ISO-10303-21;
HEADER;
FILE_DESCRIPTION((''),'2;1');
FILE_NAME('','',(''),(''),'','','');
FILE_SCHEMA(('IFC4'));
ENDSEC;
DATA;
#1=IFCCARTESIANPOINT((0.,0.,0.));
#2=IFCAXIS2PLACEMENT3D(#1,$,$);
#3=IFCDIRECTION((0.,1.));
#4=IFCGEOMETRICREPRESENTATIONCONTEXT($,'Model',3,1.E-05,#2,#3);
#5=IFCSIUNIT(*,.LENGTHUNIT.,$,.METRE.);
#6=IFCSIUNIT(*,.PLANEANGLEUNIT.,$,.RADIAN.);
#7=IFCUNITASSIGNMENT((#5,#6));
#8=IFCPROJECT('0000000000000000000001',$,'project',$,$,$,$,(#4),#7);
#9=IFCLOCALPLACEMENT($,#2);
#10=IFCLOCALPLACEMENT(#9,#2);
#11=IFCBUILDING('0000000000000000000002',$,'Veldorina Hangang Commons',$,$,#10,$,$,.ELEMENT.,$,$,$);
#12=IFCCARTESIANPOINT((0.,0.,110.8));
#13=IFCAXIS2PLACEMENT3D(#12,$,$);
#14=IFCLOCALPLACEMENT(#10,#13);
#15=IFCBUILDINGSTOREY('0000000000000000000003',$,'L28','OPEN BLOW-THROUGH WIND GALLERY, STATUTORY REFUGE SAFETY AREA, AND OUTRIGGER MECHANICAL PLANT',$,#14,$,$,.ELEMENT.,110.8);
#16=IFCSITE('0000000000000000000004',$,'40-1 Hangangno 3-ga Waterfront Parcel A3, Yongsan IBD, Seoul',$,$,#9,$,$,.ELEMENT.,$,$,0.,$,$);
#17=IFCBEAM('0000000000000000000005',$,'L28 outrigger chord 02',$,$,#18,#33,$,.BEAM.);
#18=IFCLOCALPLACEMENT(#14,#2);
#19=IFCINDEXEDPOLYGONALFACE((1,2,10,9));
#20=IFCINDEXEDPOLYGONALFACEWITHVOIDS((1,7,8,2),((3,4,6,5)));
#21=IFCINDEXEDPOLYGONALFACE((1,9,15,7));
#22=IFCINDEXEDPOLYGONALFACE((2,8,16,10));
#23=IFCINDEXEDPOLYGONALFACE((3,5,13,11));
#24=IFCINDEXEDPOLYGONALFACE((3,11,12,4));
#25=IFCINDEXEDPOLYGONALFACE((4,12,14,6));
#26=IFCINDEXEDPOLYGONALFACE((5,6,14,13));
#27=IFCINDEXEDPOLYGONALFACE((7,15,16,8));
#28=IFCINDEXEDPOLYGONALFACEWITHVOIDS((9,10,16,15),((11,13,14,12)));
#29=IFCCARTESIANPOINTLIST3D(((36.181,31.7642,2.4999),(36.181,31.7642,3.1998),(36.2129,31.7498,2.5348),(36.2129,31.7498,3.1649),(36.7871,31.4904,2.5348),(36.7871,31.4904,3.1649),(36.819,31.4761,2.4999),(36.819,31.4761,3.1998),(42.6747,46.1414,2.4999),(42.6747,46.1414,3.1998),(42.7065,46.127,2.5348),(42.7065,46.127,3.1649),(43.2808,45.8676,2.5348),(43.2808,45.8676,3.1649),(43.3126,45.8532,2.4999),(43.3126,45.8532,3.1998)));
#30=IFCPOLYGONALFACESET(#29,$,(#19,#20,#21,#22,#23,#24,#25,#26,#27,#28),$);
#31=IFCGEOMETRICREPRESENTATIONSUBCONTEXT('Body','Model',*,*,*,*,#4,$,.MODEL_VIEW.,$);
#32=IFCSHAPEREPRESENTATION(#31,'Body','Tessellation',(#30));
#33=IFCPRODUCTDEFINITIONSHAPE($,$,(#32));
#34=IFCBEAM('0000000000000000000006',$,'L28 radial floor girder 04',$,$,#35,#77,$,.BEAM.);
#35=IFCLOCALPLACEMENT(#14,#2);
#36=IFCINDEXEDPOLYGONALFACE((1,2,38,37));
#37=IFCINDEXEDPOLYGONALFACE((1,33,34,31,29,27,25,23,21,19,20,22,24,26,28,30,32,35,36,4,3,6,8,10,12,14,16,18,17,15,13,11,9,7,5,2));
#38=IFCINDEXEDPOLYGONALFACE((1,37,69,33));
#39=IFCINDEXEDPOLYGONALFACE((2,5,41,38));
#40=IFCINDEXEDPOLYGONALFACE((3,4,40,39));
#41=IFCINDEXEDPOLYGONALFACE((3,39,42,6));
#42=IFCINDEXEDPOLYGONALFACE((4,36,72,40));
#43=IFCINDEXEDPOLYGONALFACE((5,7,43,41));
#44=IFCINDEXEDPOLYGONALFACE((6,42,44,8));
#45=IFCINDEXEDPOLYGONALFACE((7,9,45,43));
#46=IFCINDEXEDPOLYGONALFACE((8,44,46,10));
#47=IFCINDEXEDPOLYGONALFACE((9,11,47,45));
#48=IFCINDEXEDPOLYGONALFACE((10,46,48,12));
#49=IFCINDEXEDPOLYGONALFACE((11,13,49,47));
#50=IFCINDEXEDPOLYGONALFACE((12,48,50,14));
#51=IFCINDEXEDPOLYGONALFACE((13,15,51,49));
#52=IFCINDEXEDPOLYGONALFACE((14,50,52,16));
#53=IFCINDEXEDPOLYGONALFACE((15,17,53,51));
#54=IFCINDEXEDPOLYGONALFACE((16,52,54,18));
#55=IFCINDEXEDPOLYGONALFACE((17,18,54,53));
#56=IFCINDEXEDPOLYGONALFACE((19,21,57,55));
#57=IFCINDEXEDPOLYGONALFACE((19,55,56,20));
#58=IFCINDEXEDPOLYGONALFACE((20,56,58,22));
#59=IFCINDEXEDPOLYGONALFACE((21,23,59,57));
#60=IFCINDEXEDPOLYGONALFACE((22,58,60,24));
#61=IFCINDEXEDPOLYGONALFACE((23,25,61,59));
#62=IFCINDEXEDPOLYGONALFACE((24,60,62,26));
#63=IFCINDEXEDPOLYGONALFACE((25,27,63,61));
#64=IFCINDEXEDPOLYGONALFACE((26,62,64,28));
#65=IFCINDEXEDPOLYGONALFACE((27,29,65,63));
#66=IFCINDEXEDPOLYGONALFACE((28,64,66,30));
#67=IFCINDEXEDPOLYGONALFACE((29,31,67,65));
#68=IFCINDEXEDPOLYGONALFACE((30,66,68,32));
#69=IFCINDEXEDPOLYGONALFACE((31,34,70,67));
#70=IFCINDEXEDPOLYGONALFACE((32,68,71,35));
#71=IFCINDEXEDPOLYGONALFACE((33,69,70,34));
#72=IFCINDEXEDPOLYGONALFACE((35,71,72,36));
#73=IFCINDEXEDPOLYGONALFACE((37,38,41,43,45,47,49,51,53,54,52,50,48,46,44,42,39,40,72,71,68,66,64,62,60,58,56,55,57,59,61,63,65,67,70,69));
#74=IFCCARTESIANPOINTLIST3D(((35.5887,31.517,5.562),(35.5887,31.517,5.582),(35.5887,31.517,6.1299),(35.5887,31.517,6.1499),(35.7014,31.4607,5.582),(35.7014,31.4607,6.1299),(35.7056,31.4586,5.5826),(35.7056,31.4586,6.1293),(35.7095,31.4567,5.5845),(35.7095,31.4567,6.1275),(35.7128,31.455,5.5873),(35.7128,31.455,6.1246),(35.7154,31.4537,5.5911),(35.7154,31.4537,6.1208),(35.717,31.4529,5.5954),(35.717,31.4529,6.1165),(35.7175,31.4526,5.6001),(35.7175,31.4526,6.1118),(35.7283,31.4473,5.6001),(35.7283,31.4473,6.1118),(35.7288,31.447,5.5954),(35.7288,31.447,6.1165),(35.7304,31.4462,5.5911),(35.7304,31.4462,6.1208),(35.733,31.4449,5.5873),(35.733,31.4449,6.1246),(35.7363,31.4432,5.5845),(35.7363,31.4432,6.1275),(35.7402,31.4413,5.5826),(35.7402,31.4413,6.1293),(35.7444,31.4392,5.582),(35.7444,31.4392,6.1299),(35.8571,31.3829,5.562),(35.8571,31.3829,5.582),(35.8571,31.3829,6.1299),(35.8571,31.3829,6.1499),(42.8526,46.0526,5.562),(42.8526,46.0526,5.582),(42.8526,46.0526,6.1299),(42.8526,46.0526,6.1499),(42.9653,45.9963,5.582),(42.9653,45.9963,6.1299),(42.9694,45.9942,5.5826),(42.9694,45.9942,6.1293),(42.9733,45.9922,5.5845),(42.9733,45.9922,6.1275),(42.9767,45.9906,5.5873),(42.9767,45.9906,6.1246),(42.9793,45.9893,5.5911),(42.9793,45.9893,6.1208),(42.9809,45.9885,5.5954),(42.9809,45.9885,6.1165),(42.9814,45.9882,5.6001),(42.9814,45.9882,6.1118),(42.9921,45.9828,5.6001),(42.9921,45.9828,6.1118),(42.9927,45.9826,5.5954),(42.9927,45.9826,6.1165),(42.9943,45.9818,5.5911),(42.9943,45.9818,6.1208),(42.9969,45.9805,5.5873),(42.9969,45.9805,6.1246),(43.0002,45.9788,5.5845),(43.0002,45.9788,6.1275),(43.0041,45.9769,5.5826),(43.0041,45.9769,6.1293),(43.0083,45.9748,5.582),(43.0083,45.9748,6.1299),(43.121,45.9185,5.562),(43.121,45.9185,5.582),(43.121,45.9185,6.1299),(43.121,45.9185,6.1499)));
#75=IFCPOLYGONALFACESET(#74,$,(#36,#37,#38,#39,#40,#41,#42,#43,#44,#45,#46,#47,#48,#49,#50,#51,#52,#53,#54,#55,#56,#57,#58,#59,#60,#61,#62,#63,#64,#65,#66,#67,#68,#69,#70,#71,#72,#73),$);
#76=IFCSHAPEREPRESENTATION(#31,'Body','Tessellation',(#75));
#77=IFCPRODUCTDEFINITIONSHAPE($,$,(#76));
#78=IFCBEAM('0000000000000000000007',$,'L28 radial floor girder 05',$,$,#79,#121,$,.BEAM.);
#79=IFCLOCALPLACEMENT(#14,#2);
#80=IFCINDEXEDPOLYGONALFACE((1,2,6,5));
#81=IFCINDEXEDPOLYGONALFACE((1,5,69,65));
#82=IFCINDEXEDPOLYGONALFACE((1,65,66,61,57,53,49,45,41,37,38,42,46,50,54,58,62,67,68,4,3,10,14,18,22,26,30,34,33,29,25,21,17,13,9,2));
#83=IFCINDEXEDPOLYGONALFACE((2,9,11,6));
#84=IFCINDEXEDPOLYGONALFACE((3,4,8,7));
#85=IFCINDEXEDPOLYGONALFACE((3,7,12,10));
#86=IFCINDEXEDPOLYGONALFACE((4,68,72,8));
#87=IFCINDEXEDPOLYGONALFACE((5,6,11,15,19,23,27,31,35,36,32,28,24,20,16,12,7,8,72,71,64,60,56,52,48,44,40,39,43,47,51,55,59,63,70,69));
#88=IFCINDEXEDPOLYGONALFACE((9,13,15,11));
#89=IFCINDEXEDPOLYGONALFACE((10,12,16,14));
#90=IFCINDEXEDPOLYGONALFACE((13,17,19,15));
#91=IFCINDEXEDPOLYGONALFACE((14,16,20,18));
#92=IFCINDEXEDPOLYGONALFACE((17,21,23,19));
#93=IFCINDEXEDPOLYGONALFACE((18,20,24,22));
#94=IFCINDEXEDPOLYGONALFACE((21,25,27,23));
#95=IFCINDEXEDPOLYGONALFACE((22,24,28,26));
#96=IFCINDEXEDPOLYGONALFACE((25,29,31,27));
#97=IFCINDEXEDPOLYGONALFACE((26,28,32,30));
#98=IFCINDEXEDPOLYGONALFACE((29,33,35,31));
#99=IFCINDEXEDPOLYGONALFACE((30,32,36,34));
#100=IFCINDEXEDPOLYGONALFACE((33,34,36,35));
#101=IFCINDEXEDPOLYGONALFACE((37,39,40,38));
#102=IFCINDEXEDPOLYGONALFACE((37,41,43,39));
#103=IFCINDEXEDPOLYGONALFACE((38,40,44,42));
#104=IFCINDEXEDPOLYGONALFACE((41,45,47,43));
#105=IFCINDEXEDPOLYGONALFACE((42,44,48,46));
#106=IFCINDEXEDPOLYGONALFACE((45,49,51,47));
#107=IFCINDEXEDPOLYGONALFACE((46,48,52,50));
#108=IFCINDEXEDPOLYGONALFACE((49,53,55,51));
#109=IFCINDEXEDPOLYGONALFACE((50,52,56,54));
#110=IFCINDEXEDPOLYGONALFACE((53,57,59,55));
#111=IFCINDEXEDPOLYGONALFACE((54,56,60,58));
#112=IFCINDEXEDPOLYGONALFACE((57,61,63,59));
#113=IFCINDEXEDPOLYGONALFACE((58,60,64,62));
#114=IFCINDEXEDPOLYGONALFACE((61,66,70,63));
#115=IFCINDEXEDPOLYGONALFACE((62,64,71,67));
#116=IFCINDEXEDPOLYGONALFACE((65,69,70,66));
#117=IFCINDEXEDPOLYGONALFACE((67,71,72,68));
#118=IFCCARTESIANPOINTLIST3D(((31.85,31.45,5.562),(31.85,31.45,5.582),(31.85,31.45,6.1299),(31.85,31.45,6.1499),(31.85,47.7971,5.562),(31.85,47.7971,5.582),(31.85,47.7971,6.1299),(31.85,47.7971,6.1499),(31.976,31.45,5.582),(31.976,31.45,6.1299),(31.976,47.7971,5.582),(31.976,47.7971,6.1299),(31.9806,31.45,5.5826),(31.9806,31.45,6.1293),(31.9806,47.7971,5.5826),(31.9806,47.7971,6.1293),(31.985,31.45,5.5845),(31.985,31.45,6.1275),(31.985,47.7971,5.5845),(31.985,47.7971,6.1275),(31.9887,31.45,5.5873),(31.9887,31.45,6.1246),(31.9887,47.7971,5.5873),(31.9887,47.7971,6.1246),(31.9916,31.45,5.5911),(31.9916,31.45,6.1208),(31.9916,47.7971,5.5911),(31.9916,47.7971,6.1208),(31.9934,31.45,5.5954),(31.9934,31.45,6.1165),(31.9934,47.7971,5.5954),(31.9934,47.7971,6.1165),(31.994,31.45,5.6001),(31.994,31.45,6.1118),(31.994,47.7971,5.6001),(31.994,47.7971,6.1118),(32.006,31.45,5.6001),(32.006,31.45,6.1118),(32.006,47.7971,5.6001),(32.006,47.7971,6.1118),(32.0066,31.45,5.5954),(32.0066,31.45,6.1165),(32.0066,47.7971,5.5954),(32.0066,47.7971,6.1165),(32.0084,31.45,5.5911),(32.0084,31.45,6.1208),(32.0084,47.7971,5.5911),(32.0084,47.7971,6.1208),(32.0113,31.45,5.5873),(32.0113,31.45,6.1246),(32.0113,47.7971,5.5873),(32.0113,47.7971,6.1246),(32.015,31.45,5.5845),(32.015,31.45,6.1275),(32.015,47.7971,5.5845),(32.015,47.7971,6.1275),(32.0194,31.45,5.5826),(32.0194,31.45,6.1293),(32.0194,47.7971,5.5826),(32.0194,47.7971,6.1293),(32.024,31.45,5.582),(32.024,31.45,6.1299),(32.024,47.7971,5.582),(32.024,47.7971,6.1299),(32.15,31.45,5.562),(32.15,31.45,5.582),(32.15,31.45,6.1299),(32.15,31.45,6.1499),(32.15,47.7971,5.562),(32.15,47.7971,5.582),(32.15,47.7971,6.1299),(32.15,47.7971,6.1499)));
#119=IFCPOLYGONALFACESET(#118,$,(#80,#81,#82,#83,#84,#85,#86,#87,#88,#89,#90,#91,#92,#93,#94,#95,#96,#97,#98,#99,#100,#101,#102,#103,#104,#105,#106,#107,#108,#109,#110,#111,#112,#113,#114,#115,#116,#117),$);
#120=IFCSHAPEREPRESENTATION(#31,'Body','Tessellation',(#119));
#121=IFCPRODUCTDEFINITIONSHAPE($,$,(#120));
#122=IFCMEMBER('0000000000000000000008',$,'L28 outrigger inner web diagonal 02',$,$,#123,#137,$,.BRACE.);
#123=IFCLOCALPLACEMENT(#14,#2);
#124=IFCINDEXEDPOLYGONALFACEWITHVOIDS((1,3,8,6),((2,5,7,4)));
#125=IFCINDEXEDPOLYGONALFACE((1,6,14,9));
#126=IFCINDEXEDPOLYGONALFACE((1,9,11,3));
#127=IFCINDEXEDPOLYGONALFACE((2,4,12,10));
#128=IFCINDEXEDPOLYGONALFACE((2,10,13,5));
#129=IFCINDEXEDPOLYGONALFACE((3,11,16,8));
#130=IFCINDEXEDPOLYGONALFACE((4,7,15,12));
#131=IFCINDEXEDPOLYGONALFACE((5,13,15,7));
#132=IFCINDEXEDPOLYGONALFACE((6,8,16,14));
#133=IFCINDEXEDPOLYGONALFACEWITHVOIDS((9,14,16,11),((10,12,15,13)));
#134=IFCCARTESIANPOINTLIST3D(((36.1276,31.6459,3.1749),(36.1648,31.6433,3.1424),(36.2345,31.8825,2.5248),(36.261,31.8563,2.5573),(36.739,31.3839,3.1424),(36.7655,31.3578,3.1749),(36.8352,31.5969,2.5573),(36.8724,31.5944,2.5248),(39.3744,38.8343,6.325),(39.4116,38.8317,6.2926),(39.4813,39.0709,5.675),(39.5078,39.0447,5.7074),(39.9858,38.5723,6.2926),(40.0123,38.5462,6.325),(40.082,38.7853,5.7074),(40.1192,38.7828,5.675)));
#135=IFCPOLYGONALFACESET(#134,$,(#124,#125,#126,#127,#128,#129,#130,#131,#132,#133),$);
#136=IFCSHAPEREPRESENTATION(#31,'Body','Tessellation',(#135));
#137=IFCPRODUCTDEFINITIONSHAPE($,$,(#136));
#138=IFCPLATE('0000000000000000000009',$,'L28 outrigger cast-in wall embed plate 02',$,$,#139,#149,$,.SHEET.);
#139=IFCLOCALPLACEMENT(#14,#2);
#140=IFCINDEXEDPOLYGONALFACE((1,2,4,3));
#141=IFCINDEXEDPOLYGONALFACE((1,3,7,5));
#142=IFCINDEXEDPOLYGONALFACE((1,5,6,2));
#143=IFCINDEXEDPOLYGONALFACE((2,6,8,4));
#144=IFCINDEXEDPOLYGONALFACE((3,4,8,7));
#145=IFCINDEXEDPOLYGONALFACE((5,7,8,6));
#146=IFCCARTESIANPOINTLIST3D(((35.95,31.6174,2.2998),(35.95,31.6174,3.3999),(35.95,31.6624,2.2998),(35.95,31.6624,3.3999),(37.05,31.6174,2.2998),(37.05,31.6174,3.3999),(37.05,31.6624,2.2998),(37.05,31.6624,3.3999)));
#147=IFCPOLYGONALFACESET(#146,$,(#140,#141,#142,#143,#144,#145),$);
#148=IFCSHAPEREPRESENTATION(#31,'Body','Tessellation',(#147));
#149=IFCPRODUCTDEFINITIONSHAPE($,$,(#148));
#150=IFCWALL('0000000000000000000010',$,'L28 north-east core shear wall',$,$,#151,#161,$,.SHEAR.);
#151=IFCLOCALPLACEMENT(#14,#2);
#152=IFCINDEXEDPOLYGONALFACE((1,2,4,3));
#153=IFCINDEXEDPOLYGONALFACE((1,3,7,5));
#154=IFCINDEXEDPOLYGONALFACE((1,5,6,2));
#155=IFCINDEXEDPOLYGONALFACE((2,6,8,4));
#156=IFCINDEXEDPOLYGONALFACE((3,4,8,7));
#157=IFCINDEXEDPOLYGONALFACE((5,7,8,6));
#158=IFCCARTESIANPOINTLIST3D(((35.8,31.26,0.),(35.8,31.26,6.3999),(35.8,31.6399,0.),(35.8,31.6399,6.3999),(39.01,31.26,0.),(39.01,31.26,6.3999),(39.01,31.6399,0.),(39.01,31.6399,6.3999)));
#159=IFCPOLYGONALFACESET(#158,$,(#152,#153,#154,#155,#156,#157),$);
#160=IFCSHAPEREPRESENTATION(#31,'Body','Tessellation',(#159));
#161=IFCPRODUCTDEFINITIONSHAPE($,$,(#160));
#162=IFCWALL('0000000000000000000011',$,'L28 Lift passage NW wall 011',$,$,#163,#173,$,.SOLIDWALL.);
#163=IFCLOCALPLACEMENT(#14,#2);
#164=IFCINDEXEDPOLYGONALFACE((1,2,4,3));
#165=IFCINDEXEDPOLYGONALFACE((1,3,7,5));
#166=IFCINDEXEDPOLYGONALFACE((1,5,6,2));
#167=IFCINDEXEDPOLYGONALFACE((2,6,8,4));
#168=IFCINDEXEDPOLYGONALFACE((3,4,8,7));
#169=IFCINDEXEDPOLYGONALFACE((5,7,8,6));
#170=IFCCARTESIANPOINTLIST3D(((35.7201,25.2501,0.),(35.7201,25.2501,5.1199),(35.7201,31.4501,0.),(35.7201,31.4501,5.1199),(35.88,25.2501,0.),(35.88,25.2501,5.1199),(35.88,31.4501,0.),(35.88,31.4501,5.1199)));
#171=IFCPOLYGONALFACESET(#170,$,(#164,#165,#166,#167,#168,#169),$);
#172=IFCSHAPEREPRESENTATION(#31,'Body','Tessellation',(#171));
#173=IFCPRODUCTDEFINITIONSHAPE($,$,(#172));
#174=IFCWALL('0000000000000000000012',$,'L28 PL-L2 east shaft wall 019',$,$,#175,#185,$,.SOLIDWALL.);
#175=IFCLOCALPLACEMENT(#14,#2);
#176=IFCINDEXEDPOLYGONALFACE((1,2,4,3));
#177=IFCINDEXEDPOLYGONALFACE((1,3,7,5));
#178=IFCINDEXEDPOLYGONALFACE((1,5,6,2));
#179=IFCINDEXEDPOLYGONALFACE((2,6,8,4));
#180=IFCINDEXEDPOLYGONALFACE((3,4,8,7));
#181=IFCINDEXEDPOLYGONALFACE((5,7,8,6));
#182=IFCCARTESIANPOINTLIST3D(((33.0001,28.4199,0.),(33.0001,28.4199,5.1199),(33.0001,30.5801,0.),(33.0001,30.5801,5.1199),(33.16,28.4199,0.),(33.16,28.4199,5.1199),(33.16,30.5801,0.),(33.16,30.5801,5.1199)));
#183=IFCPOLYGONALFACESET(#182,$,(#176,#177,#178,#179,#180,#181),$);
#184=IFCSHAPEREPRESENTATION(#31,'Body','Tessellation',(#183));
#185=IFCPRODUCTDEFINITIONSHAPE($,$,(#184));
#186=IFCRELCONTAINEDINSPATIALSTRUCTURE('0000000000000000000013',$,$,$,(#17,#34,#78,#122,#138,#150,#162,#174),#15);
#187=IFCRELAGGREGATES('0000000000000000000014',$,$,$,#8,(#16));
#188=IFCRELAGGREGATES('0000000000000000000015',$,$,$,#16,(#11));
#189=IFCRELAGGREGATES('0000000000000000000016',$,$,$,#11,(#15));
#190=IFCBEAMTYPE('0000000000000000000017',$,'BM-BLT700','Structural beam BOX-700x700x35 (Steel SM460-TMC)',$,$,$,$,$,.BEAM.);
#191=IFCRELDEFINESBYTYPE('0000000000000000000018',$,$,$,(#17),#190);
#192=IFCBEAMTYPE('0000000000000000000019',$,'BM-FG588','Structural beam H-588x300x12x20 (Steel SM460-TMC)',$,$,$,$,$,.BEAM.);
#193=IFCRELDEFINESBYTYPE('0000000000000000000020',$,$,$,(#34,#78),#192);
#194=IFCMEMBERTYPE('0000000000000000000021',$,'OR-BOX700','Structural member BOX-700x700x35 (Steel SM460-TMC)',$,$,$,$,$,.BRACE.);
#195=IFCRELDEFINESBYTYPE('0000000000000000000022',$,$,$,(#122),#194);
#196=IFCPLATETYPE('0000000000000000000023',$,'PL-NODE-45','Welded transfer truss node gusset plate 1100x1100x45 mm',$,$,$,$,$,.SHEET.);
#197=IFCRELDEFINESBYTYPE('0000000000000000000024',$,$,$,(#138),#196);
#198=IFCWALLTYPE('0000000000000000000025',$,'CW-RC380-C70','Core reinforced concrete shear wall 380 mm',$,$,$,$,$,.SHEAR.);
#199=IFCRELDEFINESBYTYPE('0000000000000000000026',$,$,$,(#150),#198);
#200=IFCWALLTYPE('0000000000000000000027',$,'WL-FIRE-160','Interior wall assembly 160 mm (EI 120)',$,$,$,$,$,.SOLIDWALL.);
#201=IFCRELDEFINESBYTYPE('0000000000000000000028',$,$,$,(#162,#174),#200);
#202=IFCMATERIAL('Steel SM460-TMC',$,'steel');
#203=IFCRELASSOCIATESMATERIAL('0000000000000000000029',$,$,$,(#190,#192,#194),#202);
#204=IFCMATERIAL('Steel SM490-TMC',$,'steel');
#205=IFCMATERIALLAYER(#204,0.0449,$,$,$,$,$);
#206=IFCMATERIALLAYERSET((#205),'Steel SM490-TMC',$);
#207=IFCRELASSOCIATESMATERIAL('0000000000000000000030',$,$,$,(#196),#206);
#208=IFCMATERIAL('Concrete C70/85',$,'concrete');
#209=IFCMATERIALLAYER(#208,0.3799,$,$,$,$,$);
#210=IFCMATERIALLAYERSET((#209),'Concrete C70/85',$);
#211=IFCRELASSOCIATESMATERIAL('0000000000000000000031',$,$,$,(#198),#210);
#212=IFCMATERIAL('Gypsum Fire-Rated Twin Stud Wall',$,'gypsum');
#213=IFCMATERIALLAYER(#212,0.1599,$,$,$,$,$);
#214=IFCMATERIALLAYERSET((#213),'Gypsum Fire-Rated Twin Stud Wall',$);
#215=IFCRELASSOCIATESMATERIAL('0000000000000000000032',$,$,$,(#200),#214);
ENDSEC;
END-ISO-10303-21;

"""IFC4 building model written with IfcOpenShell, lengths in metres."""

from ifc_helpers import new_model, si_unit, direction, frame, frame_2d, origin, origin_2d, place, context, subcontext, project, spatial, rectangle, hollow_rectangle, i_section, extrude, material, layer, layer_set, material_profile, profile_set, type_object, element, save


model = new_model("IFC4")

# Units and contexts
model_context = context("Model", 3, precision=1e-05, world=origin(), true_north=direction((0.0, 1.0)))
body_context = subcontext(model_context, "Body", "Model", "MODEL_VIEW")
ifc_project = project(units=[si_unit("LENGTHUNIT", "METRE"), si_unit("PLANEANGLEUNIT", "RADIAN")], contexts=[model_context])

# Site, building, storey
site_placement = place(None, origin())
site = spatial("IfcSite", under=ifc_project, at=site_placement, Name="40-1 Hangangno 3-ga Waterfront Parcel A3, Yongsan IBD, Seoul", CompositionType="ELEMENT", RefElevation=0.0)
building_placement = place(site_placement, origin())
building = spatial("IfcBuilding", under=site, at=building_placement, Name="Veldorina Hangang Commons", CompositionType="ELEMENT")
storey_placement = place(building_placement, frame((0.0, 0.0, 110.8)))
storey = spatial("IfcBuildingStorey", under=building, at=storey_placement, Name="L28", Description="OPEN BLOW-THROUGH WIND GALLERY, STATUTORY REFUGE SAFETY AREA, AND OUTRIGGER MECHANICAL PLANT", CompositionType="ELEMENT", Elevation=110.8)

# Beams
ifc_material_1 = material(Name="Steel SM460-TMC", Category="steel")
ifc_material_profile_1 = material_profile(ifc_material_1, hollow_rectangle(XDim=0.7, YDim=0.7, WallThickness=0.0349, at=origin_2d()), Name="BOX-700x700x35")
ifc_profile_set_1 = profile_set([ifc_material_profile_1], Name="Steel SM460-TMC")
beam_type_1 = type_object("IfcBeamType", Name="BM-BLT700", Description="Structural beam BOX-700x700x35 (Steel SM460-TMC)", PredefinedType="BEAM", material=ifc_profile_set_1)
beam_1_placement = place(storey_placement, frame((36.5, 31.6201, 2.8499), z_axis=(0.411625, 0.911353, 0.0), x_axis=(-0.911353, 0.411625, 0.0)))
element("IfcBeam", 1, at=beam_1_placement, inside=storey, type_object=beam_type_1, Name="L28 outrigger chord 02", PredefinedType="BEAM", context=body_context, shape_type="SweptSolid", body=[
    extrude(hollow_rectangle(XDim=0.7, YDim=0.7, WallThickness=0.0349, at=origin_2d()), origin(), (0.0, 0.0, 1.0), 15.7756),
])
ifc_material_profile_2 = material_profile(ifc_material_1, i_section(OverallWidth=0.3, OverallDepth=0.5879, WebThickness=0.012, FlangeThickness=0.02, FilletRadius=0.0181, at=origin_2d()), Name="H-588x300x12x20")
ifc_profile_set_2 = profile_set([ifc_material_profile_2], Name="Steel SM460-TMC")
beam_type_2 = type_object("IfcBeamType", Name="BM-FG588", Description="Structural beam H-588x300x12x20 (Steel SM460-TMC)", PredefinedType="BEAM", material=ifc_profile_set_2)
beam_2_placement = place(storey_placement, frame((35.7229, 31.45, 5.856), z_axis=(0.447021, 0.894523, 0.0), x_axis=(-0.894523, 0.447021, 0.0)))
element("IfcBeam", 2, at=beam_2_placement, inside=storey, type_object=beam_type_2, Name="L28 radial floor girder 04", PredefinedType="BEAM", context=body_context, shape_type="SweptSolid", body=[
    extrude(i_section(OverallWidth=0.3, OverallDepth=0.5879, WebThickness=0.012, FlangeThickness=0.02, FilletRadius=0.0181, at=origin_2d()), origin(), (0.0, 0.0, 1.0), 16.2495),
])
beam_3_placement = place(storey_placement, frame((32.0, 31.45, 5.856), z_axis=(0.0, 1.0, 0.0), x_axis=(-1.0, 0.0, 0.0)))
element("IfcBeam", 3, at=beam_3_placement, inside=storey, type_object=beam_type_2, Name="L28 radial floor girder 05", PredefinedType="BEAM", context=body_context, shape_type="SweptSolid", body=[
    extrude(i_section(OverallWidth=0.3, OverallDepth=0.5879, WebThickness=0.012, FlangeThickness=0.02, FilletRadius=0.0181, at=origin_2d()), origin(), (0.0, 0.0, 1.0), 16.3472),
])

# Member
ifc_material_profile_3 = material_profile(ifc_material_1, hollow_rectangle(XDim=0.7, YDim=0.7, WallThickness=0.0349, at=origin_2d()), Name="BOX-700x700x35")
ifc_profile_set_3 = profile_set([ifc_material_profile_3], Name="Steel SM460-TMC")
member_type = type_object("IfcMemberType", Name="OR-BOX700", Description="Structural member BOX-700x700x35 (Steel SM460-TMC)", PredefinedType="BRACE", material=ifc_profile_set_3)
member_placement = place(storey_placement, frame((36.5, 31.6201, 2.8499), z_axis=(0.382272, 0.846351, 0.370889), x_axis=(-0.911351, 0.411631, 0.0)))
element("IfcMember", 4, at=member_placement, inside=storey, type_object=member_type, Name="L28 outrigger inner web diagonal 02", PredefinedType="BRACE", context=body_context, shape_type="SweptSolid", body=[
    extrude(hollow_rectangle(XDim=0.7, YDim=0.7, WallThickness=0.0349, at=origin_2d()), origin(), (0.0, 0.0, 1.0), 8.4934),
])

# Plate
ifc_material_2 = material(Name="Steel SM490-TMC", Category="steel")
ifc_layer_1 = layer(ifc_material_2, 0.0449)
ifc_layer_set_1 = layer_set([ifc_layer_1], Name="Steel SM490-TMC")
plate_type = type_object("IfcPlateType", Name="PL-NODE-45", Description="Welded transfer truss node gusset plate 1100x1100x45 mm", PredefinedType="SHEET", material=ifc_layer_set_1)
plate_placement = place(storey_placement, frame((36.5, 31.6399, 2.2998), z_axis=(0.0, 0.0, 1.0), x_axis=(1.0, 0.0, 0.0)))
element("IfcPlate", 5, at=plate_placement, inside=storey, type_object=plate_type, Name="L28 outrigger cast-in wall embed plate 02", PredefinedType="SHEET", context=body_context, shape_type="SweptSolid", body=[
    extrude(rectangle(XDim=1.1001, YDim=0.0449, at=origin_2d()), origin(), (0.0, 0.0, 1.0), 1.1001),
])

# Walls
ifc_material_3 = material(Name="Concrete C70/85", Category="concrete")
ifc_layer_2 = layer(ifc_material_3, 0.3799)
ifc_layer_set_2 = layer_set([ifc_layer_2], Name="Concrete C70/85")
wall_type_1 = type_object("IfcWallType", Name="CW-RC380-C70", Description="Core reinforced concrete shear wall 380 mm", PredefinedType="SHEAR", material=ifc_layer_set_2)
wall_1_placement = place(storey_placement, frame((35.8, 31.45, 0.0), z_axis=(0.0, 0.0, 1.0), x_axis=(1.0, 0.0, 0.0)))
element("IfcWall", 6, at=wall_1_placement, inside=storey, type_object=wall_type_1, Name="L28 north-east core shear wall", PredefinedType="SHEAR", context=body_context, shape_type="SweptSolid", body=[
    extrude(rectangle(XDim=3.21, YDim=0.3799, at=frame_2d((1.605, 0.0))), origin(), (0.0, 0.0, 1.0), 6.3999),
])
ifc_material_4 = material(Name="Gypsum Fire-Rated Twin Stud Wall", Category="gypsum")
ifc_layer_3 = layer(ifc_material_4, 0.1599)
ifc_layer_set_3 = layer_set([ifc_layer_3], Name="Gypsum Fire-Rated Twin Stud Wall")
wall_type_2 = type_object("IfcWallType", Name="WL-FIRE-160", Description="Interior wall assembly 160 mm (EI 120)", PredefinedType="SOLIDWALL", material=ifc_layer_set_3)
wall_2_placement = place(storey_placement, frame((35.8, 25.25, 0.0), z_axis=(0.0, 0.0, 1.0), x_axis=(0.0, 1.0, 0.0)))
element("IfcWall", 7, at=wall_2_placement, inside=storey, type_object=wall_type_2, Name="L28 Lift passage NW wall 011", PredefinedType="SOLIDWALL", context=body_context, shape_type="SweptSolid", body=[
    extrude(rectangle(XDim=6.2, YDim=0.1599, at=frame_2d((3.1001, 0.0))), origin(), (0.0, 0.0, 1.0), 5.1199),
])
for number, where, z_axis, x_axis, name in (
    (8, (33.0801, 28.4199, 0.0), (0.0, 0.0, 1.0), (0.0, 1.0, 0.0), "L28 PL-L2 east shaft wall 019"),
):
    element("IfcWall", number, at=place(storey_placement, frame(where, z_axis=z_axis, x_axis=x_axis)), inside=storey, type_object=wall_type_2, Name=name, PredefinedType="SOLIDWALL", context=body_context, shape_type="SweptSolid", body=[
        extrude(rectangle(XDim=2.1602, YDim=0.1599, at=frame_2d((1.0801, 0.0))), origin(), (0.0, 0.0, 1.0), 5.1199),
    ])

save(model, "model.ifc")
